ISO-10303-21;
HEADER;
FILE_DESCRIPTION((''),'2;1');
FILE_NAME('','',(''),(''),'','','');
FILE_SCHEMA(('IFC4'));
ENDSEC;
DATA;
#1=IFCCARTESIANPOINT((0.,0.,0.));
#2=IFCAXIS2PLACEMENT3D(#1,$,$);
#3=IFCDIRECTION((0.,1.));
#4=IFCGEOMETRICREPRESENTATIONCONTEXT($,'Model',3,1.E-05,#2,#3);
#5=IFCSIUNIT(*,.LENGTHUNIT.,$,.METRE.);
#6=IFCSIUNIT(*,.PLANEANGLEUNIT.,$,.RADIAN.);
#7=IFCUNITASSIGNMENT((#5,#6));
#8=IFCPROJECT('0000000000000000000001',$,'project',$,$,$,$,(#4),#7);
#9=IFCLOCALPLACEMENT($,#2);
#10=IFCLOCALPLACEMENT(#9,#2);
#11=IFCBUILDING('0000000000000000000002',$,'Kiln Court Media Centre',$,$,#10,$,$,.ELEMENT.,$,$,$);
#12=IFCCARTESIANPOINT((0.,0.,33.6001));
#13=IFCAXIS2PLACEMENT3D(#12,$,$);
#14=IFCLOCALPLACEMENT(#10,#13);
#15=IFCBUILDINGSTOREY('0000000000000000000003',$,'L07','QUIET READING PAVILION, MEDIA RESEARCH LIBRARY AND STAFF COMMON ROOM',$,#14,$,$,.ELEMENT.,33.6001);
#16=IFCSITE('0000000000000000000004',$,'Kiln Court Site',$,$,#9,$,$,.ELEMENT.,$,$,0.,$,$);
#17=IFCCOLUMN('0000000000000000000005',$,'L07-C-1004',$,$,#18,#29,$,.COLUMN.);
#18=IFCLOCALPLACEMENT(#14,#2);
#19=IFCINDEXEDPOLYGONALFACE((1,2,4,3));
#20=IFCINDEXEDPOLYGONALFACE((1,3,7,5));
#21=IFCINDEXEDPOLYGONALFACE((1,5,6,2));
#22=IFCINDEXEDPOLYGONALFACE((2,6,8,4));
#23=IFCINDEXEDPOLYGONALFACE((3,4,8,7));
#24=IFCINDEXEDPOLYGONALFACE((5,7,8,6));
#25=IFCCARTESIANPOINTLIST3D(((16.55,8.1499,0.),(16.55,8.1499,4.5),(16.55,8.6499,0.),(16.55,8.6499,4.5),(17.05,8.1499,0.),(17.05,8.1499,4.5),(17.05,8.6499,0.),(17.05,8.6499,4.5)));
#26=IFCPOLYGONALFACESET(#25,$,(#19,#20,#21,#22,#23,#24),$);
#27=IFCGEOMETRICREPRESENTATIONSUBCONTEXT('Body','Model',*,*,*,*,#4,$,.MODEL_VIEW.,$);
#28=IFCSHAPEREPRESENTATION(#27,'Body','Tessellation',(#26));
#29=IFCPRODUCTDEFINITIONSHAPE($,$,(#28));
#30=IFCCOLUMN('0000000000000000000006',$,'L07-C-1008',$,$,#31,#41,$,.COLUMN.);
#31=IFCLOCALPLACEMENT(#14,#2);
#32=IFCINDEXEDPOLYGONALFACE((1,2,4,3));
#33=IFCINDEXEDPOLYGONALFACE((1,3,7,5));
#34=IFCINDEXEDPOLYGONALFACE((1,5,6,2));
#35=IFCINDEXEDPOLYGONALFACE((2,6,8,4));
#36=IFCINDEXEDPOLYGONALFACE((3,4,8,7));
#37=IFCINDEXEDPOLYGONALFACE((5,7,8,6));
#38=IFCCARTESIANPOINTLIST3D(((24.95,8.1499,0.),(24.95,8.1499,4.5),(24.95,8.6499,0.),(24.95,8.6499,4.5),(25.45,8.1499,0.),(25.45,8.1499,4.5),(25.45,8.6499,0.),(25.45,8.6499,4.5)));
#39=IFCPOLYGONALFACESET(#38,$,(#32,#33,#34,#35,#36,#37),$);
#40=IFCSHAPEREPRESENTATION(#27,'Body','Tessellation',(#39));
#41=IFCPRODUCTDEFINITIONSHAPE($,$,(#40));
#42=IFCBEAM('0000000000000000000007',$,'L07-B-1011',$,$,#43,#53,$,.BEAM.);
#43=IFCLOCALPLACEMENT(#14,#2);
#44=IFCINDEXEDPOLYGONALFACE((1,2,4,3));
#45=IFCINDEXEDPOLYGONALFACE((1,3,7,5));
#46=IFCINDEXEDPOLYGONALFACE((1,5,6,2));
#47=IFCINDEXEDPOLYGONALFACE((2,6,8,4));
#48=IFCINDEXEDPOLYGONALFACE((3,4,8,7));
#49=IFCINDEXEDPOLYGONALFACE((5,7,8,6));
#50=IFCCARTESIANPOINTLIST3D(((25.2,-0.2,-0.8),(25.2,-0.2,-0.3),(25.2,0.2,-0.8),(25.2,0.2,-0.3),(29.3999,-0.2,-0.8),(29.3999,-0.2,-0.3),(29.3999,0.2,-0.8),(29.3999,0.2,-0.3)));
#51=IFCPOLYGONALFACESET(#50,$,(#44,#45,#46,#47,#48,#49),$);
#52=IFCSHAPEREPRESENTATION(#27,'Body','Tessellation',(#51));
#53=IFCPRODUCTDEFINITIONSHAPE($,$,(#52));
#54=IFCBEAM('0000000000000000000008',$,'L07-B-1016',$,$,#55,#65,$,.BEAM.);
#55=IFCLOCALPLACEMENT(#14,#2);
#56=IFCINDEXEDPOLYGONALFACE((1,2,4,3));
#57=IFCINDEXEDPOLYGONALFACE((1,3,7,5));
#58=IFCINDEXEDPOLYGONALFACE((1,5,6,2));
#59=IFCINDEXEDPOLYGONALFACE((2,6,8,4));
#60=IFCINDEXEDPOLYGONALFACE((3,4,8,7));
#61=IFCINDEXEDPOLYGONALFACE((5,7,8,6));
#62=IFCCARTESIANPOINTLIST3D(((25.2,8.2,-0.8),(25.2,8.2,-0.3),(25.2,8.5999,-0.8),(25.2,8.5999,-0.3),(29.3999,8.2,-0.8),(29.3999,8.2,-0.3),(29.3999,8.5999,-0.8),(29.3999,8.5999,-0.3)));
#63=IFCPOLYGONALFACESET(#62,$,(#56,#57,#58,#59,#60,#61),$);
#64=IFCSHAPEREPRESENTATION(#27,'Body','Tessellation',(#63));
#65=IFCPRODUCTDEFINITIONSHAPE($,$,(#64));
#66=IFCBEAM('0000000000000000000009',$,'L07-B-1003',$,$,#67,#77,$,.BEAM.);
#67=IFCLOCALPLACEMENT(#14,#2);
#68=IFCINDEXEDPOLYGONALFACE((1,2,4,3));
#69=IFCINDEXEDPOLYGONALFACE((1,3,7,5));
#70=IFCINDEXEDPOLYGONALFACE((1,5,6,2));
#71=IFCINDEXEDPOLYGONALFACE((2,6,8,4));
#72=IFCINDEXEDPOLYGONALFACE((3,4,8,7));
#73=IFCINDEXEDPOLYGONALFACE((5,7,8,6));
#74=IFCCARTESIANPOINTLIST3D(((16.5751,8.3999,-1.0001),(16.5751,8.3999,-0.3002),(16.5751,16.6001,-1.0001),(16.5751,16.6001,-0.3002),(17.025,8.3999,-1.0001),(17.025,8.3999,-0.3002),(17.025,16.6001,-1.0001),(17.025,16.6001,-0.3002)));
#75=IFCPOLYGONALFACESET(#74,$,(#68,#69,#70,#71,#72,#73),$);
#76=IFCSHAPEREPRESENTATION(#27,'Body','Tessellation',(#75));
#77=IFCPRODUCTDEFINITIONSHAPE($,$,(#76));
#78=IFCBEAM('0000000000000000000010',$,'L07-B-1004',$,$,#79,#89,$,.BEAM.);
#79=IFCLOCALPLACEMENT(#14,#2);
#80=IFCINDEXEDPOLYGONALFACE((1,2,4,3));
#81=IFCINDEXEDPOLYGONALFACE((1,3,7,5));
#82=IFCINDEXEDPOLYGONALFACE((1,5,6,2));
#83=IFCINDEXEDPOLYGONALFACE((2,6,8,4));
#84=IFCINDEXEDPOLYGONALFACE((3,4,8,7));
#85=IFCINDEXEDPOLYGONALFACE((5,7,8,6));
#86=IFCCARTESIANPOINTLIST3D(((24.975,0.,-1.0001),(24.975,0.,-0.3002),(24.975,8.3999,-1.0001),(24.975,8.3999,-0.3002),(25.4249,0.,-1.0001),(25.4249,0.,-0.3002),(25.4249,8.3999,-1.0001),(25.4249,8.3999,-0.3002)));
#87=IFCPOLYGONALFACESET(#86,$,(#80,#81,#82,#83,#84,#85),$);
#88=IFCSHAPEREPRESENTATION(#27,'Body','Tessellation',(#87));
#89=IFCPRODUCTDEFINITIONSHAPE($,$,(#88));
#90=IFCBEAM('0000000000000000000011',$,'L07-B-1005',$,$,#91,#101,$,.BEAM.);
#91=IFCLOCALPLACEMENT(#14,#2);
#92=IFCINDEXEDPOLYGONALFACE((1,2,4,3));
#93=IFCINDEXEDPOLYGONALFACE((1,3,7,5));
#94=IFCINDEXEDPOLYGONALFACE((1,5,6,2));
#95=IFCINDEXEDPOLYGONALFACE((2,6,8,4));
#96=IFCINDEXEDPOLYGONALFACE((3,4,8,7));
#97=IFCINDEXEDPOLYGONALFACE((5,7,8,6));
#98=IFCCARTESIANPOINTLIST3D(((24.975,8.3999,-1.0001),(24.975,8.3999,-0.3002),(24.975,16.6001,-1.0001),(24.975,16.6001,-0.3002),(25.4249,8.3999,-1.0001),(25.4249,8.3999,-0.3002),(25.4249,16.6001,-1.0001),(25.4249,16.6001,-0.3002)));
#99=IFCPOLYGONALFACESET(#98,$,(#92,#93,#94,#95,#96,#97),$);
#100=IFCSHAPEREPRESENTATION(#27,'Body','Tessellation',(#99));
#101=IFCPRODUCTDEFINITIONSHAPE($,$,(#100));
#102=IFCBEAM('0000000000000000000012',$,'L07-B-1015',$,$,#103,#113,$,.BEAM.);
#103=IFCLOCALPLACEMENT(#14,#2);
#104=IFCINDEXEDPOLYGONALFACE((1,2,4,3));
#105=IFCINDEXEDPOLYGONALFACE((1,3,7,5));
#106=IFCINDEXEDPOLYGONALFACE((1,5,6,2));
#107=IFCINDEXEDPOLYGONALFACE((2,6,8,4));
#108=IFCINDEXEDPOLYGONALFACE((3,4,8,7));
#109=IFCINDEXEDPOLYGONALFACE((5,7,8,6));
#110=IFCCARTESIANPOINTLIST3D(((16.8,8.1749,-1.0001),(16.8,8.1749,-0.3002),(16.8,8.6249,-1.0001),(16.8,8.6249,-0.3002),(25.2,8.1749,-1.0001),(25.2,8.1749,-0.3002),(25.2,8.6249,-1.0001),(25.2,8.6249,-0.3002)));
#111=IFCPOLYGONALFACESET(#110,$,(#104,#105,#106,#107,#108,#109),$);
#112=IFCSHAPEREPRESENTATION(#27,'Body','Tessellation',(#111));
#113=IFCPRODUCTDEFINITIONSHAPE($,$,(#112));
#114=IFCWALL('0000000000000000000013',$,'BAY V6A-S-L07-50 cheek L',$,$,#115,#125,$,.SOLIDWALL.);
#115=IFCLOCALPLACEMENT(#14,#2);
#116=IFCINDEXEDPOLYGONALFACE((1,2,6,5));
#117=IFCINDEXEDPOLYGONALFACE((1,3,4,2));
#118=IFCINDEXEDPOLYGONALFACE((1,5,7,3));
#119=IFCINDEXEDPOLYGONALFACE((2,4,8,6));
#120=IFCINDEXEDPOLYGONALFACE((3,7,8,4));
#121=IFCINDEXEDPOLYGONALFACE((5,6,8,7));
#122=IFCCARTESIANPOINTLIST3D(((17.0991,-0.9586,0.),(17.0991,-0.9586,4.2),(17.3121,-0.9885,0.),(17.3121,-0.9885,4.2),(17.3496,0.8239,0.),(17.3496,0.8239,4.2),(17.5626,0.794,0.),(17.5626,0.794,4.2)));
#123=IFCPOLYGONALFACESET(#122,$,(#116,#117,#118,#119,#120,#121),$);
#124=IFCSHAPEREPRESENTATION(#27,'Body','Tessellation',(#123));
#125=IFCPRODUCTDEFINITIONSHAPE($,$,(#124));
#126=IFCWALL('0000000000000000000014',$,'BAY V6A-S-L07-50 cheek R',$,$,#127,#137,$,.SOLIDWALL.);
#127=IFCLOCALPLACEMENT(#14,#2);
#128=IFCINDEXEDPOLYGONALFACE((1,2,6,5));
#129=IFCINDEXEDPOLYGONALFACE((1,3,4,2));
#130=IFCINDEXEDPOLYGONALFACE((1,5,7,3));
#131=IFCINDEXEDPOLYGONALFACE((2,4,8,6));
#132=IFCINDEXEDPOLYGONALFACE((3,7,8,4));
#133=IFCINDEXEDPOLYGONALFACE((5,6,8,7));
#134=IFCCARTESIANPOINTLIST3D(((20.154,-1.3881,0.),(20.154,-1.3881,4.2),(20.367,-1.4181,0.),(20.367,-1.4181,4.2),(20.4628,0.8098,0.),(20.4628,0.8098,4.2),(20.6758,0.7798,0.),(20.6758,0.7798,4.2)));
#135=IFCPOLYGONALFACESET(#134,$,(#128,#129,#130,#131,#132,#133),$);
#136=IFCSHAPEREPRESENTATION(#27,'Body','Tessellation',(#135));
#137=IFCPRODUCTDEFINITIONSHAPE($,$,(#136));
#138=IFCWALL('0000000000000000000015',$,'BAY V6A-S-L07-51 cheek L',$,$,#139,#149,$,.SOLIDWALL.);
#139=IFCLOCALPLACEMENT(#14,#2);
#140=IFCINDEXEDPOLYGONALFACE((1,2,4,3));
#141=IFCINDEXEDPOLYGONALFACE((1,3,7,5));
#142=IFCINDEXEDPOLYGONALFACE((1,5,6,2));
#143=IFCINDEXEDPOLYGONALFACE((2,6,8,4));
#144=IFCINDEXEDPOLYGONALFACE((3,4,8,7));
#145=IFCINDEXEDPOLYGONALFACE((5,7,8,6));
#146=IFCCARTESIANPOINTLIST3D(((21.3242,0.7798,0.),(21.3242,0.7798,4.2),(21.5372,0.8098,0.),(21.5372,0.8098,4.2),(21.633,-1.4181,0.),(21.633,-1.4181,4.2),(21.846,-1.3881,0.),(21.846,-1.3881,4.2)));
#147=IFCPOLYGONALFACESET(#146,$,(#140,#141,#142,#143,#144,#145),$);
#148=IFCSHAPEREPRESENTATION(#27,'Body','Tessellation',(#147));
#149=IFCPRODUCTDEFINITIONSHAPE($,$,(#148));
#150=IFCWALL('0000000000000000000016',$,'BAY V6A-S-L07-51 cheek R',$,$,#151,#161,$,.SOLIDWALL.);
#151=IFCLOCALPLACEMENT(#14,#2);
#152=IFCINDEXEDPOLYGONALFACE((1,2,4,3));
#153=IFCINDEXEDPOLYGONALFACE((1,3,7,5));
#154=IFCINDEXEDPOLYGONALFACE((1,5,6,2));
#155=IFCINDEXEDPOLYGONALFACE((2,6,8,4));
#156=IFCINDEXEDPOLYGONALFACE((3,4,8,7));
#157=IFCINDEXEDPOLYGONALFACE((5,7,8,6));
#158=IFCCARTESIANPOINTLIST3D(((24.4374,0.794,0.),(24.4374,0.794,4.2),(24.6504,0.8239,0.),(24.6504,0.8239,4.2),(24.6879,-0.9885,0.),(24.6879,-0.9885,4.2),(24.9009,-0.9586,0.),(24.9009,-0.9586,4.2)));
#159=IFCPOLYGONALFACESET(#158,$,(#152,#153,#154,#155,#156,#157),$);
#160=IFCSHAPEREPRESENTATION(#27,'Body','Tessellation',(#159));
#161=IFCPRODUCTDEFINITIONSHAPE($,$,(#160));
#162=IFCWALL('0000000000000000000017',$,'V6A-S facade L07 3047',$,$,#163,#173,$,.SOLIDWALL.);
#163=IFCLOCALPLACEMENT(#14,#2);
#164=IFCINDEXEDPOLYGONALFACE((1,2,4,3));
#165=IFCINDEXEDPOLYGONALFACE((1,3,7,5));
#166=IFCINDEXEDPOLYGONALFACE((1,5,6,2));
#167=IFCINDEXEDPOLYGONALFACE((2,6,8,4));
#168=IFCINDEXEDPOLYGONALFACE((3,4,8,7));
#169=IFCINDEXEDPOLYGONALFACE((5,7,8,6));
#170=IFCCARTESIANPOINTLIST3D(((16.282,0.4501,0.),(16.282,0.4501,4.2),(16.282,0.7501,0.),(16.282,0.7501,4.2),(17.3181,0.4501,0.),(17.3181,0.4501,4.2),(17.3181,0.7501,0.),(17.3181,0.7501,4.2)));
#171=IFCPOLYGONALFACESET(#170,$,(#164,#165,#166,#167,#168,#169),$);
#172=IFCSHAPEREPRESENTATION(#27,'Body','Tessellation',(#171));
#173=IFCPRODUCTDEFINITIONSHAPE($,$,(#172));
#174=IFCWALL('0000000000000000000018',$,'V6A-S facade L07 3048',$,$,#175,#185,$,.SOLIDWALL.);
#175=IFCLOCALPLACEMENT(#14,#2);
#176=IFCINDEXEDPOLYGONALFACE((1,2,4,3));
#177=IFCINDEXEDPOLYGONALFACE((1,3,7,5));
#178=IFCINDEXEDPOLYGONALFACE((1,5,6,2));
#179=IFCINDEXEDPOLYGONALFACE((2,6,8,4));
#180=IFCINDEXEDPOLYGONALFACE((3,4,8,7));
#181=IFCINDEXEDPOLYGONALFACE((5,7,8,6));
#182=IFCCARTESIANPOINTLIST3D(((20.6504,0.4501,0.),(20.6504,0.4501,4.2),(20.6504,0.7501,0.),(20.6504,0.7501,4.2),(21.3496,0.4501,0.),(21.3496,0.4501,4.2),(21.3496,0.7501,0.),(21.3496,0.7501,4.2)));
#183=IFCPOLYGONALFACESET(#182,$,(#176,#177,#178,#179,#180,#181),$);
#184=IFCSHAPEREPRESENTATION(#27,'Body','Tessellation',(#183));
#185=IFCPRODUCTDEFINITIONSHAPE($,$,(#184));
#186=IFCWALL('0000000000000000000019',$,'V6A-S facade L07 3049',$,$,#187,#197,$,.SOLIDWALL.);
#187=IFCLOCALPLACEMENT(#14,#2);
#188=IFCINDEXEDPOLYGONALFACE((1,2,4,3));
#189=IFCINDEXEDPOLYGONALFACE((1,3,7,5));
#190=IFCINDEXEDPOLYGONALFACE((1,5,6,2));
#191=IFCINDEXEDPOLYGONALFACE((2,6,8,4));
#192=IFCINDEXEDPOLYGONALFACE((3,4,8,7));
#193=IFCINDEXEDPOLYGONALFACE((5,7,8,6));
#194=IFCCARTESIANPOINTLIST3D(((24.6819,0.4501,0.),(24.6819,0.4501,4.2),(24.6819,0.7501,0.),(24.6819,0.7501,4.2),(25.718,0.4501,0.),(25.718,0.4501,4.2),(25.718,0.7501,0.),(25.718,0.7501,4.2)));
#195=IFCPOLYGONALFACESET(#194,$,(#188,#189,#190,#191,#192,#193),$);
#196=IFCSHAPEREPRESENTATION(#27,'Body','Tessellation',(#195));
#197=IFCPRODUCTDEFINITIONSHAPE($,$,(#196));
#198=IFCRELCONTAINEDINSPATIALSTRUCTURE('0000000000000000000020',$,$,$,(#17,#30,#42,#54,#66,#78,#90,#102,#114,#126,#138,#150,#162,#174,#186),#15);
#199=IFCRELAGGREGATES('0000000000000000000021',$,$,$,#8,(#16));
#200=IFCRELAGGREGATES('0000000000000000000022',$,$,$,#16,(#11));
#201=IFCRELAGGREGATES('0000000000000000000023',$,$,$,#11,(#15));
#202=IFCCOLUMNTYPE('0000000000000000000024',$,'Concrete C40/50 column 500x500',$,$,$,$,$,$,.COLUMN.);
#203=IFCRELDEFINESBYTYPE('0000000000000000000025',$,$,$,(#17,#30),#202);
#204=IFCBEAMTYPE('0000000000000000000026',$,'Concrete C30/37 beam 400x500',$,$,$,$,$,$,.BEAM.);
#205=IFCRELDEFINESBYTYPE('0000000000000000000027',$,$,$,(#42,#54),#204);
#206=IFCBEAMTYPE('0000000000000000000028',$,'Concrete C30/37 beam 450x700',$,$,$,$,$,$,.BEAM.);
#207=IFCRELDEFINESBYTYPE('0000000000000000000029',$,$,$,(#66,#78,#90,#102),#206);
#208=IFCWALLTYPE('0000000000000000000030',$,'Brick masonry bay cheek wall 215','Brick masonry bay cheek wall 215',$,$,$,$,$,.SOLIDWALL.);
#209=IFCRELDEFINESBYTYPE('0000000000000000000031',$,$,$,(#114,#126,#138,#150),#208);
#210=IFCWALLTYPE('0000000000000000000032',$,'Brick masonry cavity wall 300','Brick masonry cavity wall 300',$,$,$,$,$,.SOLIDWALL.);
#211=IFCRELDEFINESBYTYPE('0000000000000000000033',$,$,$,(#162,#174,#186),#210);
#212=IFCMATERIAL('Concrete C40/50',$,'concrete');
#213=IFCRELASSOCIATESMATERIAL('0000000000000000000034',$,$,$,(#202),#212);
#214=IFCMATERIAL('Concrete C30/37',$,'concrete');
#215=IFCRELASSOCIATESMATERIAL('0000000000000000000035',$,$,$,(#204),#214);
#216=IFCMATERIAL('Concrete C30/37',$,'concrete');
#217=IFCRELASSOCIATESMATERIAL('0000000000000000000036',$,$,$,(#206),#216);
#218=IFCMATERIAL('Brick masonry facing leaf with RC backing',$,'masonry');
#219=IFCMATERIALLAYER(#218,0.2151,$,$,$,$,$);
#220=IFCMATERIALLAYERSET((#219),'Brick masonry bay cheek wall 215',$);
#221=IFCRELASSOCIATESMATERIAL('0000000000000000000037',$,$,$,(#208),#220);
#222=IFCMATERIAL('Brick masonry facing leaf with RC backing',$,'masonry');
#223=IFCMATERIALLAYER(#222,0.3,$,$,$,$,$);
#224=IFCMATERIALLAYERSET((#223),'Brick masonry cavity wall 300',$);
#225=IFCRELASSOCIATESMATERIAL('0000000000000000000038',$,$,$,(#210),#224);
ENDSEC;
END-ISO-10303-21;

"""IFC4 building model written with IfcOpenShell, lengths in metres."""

from ifc_helpers import new_model, si_unit, direction, frame, frame_2d, origin, origin_2d, place, context, subcontext, project, spatial, rectangle, extrude, material, layer, layer_set, material_profile, profile_set, type_object, element, save


model = new_model("IFC4")

# Units and contexts
model_context = context("Model", 3, precision=1e-05, world=origin(), true_north=direction((0.0, 1.0)))
body_context = subcontext(model_context, "Body", "Model", "MODEL_VIEW")
ifc_project = project(units=[si_unit("LENGTHUNIT", "METRE"), si_unit("PLANEANGLEUNIT", "RADIAN")], contexts=[model_context])

# Site, building, storey
site_placement = place(None, origin())
site = spatial("IfcSite", under=ifc_project, at=site_placement, Name="Kiln Court Site", CompositionType="ELEMENT", RefElevation=0.0)
building_placement = place(site_placement, origin())
building = spatial("IfcBuilding", under=site, at=building_placement, Name="Kiln Court Media Centre", CompositionType="ELEMENT")
storey_placement = place(building_placement, frame((0.0, 0.0, 33.6001)))
storey = spatial("IfcBuildingStorey", under=building, at=storey_placement, Name="L07", Description="QUIET READING PAVILION, MEDIA RESEARCH LIBRARY AND STAFF COMMON ROOM", CompositionType="ELEMENT", Elevation=33.6001)

# Columns
ifc_material_1 = material(Name="Concrete C40/50", Category="concrete")
ifc_material_profile_1 = material_profile(ifc_material_1, rectangle(XDim=0.5, YDim=0.5, at=origin_2d()), Name="RC 500x500")
ifc_profile_set_1 = profile_set([ifc_material_profile_1], Name="Concrete C40/50")
column_type = type_object("IfcColumnType", Name="Concrete C40/50 column 500x500", PredefinedType="COLUMN", material=ifc_profile_set_1)
for number, where, z_axis, x_axis, name in (
    (1, (16.8, 8.3999, 0.0), (0.0, 0.0, 1.0), (1.0, 0.0, 0.0), "L07-C-1004"),
    (2, (25.2, 8.3999, 0.0), (0.0, 0.0, 1.0), (1.0, 0.0, 0.0), "L07-C-1008"),
):
    element("IfcColumn", number, at=place(storey_placement, frame(where, z_axis=z_axis, x_axis=x_axis)), inside=storey, type_object=column_type, Name=name, PredefinedType="COLUMN", context=body_context, shape_type="SweptSolid", body=[
        extrude(rectangle(XDim=0.5, YDim=0.5, at=origin_2d()), origin(), (0.0, 0.0, 1.0), 4.5),
    ])

# Beams
ifc_material_2 = material(Name="Concrete C30/37", Category="concrete")
ifc_material_profile_2 = material_profile(ifc_material_2, rectangle(XDim=0.3999, YDim=0.5, at=origin_2d()), Name="RC 400x500")
ifc_profile_set_2 = profile_set([ifc_material_profile_2], Name="Concrete C30/37")
beam_type_1 = type_object("IfcBeamType", Name="Concrete C30/37 beam 400x500", PredefinedType="BEAM", material=ifc_profile_set_2)
for number, where, z_axis, x_axis, name in (
    (3, (25.2, 0.0, -0.55), (1.0, 0.0, 0.0), (0.0, 1.0, 0.0), "L07-B-1011"),
    (4, (25.2, 8.3999, -0.55), (1.0, 0.0, 0.0), (0.0, 1.0, 0.0), "L07-B-1016"),
):
    element("IfcBeam", number, at=place(storey_placement, frame(where, z_axis=z_axis, x_axis=x_axis)), inside=storey, type_object=beam_type_1, Name=name, PredefinedType="BEAM", context=body_context, shape_type="SweptSolid", body=[
        extrude(rectangle(XDim=0.3999, YDim=0.5, at=origin_2d()), origin(), (0.0, 0.0, 1.0), 4.2),
    ])
ifc_material_3 = material(Name="Concrete C30/37", Category="concrete")
ifc_material_profile_3 = material_profile(ifc_material_3, rectangle(XDim=0.45, YDim=0.7, at=origin_2d()), Name="RC 450x700")
ifc_profile_set_3 = profile_set([ifc_material_profile_3], Name="Concrete C30/37")
beam_type_2 = type_object("IfcBeamType", Name="Concrete C30/37 beam 450x700", PredefinedType="BEAM", material=ifc_profile_set_3)
beam_1_placement = place(storey_placement, frame((16.8, 8.3999, -0.6501), z_axis=(0.0, 1.0, 0.0), x_axis=(-1.0, 0.0, 0.0)))
element("IfcBeam", 5, at=beam_1_placement, inside=storey, type_object=beam_type_2, Name="L07-B-1003", PredefinedType="BEAM", context=body_context, shape_type="SweptSolid", body=[
    extrude(rectangle(XDim=0.45, YDim=0.7, at=origin_2d()), origin(), (0.0, 0.0, 1.0), 8.2002),
])
beam_2_placement = place(storey_placement, frame((25.2, 0.0, -0.6501), z_axis=(0.0, 1.0, 0.0), x_axis=(-1.0, 0.0, 0.0)))
element("IfcBeam", 6, at=beam_2_placement, inside=storey, type_object=beam_type_2, Name="L07-B-1004", PredefinedType="BEAM", context=body_context, shape_type="SweptSolid", body=[
    extrude(rectangle(XDim=0.45, YDim=0.7, at=origin_2d()), origin(), (0.0, 0.0, 1.0), 8.3999),
])
beam_3_placement = place(storey_placement, frame((25.2, 8.3999, -0.6501), z_axis=(0.0, 1.0, 0.0), x_axis=(-1.0, 0.0, 0.0)))
element("IfcBeam", 7, at=beam_3_placement, inside=storey, type_object=beam_type_2, Name="L07-B-1005", PredefinedType="BEAM", context=body_context, shape_type="SweptSolid", body=[
    extrude(rectangle(XDim=0.45, YDim=0.7, at=origin_2d()), origin(), (0.0, 0.0, 1.0), 8.2002),
])
beam_4_placement = place(storey_placement, frame((16.8, 8.3999, -0.6501), z_axis=(1.0, 0.0, 0.0), x_axis=(0.0, 1.0, 0.0)))
element("IfcBeam", 8, at=beam_4_placement, inside=storey, type_object=beam_type_2, Name="L07-B-1015", PredefinedType="BEAM", context=body_context, shape_type="SweptSolid", body=[
    extrude(rectangle(XDim=0.45, YDim=0.7, at=origin_2d()), origin(), (0.0, 0.0, 1.0), 8.3999),
])

# Walls
ifc_material_4 = material(Name="Brick masonry facing leaf with RC backing", Category="masonry")
ifc_layer_1 = layer(ifc_material_4, 0.2151)
ifc_layer_set_1 = layer_set([ifc_layer_1], Name="Brick masonry bay cheek wall 215")
wall_type_1 = type_object("IfcWallType", Name="Brick masonry bay cheek wall 215", Description="Brick masonry bay cheek wall 215", PredefinedType="SOLIDWALL", material=ifc_layer_set_1)
wall_1_placement = place(storey_placement, frame((17.4561, 0.8088, 0.0), z_axis=(0.0, 0.0, 1.0), x_axis=(-0.139161, -0.99027, 0.0)))
element("IfcWall", 9, at=wall_1_placement, inside=storey, type_object=wall_type_1, Name="BAY V6A-S-L07-50 cheek L", PredefinedType="SOLIDWALL", context=body_context, shape_type="SweptSolid", body=[
    extrude(rectangle(XDim=1.8, YDim=0.2151, at=frame_2d((0.8999, 0.0))), origin(), (0.0, 0.0, 1.0), 4.2),
])
for number, where, z_axis, x_axis, name in (
    (10, (20.5693, 0.7949, 0.0), (0.0, 0.0, 1.0), (-0.139142, -0.990272, 0.0), "BAY V6A-S-L07-50 cheek R"),
    (11, (21.4307, 0.7949, 0.0), (0.0, 0.0, 1.0), (0.139142, -0.990272, 0.0), "BAY V6A-S-L07-51 cheek L"),
):
    element("IfcWall", number, at=place(storey_placement, frame(where, z_axis=z_axis, x_axis=x_axis)), inside=storey, type_object=wall_type_1, Name=name, PredefinedType="SOLIDWALL", context=body_context, shape_type="SweptSolid", body=[
        extrude(rectangle(XDim=2.2195, YDim=0.2151, at=frame_2d((1.1099, 0.0))), origin(), (0.0, 0.0, 1.0), 4.2),
    ])
wall_2_placement = place(storey_placement, frame((24.5439, 0.8088, 0.0), z_axis=(0.0, 0.0, 1.0), x_axis=(0.139161, -0.99027, 0.0)))
element("IfcWall", 12, at=wall_2_placement, inside=storey, type_object=wall_type_1, Name="BAY V6A-S-L07-51 cheek R", PredefinedType="SOLIDWALL", context=body_context, shape_type="SweptSolid", body=[
    extrude(rectangle(XDim=1.8, YDim=0.2151, at=frame_2d((0.8999, 0.0))), origin(), (0.0, 0.0, 1.0), 4.2),
])
ifc_material_5 = material(Name="Brick masonry facing leaf with RC backing", Category="masonry")
ifc_layer_2 = layer(ifc_material_5, 0.3)
ifc_layer_set_2 = layer_set([ifc_layer_2], Name="Brick masonry cavity wall 300")
wall_type_2 = type_object("IfcWallType", Name="Brick masonry cavity wall 300", Description="Brick masonry cavity wall 300", PredefinedType="SOLIDWALL", material=ifc_layer_set_2)
wall_3_placement = place(storey_placement, frame((17.3181, 0.6001, 0.0), z_axis=(0.0, 0.0, 1.0), x_axis=(-1.0, 0.0, 0.0)))
element("IfcWall", 13, at=wall_3_placement, inside=storey, type_object=wall_type_2, Name="V6A-S facade L07 3047", PredefinedType="SOLIDWALL", context=body_context, shape_type="SweptSolid", body=[
    extrude(rectangle(XDim=1.0361, YDim=0.3, at=frame_2d((0.5181, 0.0))), origin(), (0.0, 0.0, 1.0), 4.2),
])
wall_4_placement = place(storey_placement, frame((21.3496, 0.6001, 0.0), z_axis=(0.0, 0.0, 1.0), x_axis=(-1.0, 0.0, 0.0)))
element("IfcWall", 14, at=wall_4_placement, inside=storey, type_object=wall_type_2, Name="V6A-S facade L07 3048", PredefinedType="SOLIDWALL", context=body_context, shape_type="SweptSolid", body=[
    extrude(rectangle(XDim=0.6992, YDim=0.3, at=frame_2d((0.3496, 0.0))), origin(), (0.0, 0.0, 1.0), 4.2),
])
wall_5_placement = place(storey_placement, frame((25.718, 0.6001, 0.0), z_axis=(0.0, 0.0, 1.0), x_axis=(-1.0, 0.0, 0.0)))
element("IfcWall", 15, at=wall_5_placement, inside=storey, type_object=wall_type_2, Name="V6A-S facade L07 3049", PredefinedType="SOLIDWALL", context=body_context, shape_type="SweptSolid", body=[
    extrude(rectangle(XDim=1.0361, YDim=0.3, at=frame_2d((0.5181, 0.0))), origin(), (0.0, 0.0, 1.0), 4.2),
])

save(model, "model.ifc")
